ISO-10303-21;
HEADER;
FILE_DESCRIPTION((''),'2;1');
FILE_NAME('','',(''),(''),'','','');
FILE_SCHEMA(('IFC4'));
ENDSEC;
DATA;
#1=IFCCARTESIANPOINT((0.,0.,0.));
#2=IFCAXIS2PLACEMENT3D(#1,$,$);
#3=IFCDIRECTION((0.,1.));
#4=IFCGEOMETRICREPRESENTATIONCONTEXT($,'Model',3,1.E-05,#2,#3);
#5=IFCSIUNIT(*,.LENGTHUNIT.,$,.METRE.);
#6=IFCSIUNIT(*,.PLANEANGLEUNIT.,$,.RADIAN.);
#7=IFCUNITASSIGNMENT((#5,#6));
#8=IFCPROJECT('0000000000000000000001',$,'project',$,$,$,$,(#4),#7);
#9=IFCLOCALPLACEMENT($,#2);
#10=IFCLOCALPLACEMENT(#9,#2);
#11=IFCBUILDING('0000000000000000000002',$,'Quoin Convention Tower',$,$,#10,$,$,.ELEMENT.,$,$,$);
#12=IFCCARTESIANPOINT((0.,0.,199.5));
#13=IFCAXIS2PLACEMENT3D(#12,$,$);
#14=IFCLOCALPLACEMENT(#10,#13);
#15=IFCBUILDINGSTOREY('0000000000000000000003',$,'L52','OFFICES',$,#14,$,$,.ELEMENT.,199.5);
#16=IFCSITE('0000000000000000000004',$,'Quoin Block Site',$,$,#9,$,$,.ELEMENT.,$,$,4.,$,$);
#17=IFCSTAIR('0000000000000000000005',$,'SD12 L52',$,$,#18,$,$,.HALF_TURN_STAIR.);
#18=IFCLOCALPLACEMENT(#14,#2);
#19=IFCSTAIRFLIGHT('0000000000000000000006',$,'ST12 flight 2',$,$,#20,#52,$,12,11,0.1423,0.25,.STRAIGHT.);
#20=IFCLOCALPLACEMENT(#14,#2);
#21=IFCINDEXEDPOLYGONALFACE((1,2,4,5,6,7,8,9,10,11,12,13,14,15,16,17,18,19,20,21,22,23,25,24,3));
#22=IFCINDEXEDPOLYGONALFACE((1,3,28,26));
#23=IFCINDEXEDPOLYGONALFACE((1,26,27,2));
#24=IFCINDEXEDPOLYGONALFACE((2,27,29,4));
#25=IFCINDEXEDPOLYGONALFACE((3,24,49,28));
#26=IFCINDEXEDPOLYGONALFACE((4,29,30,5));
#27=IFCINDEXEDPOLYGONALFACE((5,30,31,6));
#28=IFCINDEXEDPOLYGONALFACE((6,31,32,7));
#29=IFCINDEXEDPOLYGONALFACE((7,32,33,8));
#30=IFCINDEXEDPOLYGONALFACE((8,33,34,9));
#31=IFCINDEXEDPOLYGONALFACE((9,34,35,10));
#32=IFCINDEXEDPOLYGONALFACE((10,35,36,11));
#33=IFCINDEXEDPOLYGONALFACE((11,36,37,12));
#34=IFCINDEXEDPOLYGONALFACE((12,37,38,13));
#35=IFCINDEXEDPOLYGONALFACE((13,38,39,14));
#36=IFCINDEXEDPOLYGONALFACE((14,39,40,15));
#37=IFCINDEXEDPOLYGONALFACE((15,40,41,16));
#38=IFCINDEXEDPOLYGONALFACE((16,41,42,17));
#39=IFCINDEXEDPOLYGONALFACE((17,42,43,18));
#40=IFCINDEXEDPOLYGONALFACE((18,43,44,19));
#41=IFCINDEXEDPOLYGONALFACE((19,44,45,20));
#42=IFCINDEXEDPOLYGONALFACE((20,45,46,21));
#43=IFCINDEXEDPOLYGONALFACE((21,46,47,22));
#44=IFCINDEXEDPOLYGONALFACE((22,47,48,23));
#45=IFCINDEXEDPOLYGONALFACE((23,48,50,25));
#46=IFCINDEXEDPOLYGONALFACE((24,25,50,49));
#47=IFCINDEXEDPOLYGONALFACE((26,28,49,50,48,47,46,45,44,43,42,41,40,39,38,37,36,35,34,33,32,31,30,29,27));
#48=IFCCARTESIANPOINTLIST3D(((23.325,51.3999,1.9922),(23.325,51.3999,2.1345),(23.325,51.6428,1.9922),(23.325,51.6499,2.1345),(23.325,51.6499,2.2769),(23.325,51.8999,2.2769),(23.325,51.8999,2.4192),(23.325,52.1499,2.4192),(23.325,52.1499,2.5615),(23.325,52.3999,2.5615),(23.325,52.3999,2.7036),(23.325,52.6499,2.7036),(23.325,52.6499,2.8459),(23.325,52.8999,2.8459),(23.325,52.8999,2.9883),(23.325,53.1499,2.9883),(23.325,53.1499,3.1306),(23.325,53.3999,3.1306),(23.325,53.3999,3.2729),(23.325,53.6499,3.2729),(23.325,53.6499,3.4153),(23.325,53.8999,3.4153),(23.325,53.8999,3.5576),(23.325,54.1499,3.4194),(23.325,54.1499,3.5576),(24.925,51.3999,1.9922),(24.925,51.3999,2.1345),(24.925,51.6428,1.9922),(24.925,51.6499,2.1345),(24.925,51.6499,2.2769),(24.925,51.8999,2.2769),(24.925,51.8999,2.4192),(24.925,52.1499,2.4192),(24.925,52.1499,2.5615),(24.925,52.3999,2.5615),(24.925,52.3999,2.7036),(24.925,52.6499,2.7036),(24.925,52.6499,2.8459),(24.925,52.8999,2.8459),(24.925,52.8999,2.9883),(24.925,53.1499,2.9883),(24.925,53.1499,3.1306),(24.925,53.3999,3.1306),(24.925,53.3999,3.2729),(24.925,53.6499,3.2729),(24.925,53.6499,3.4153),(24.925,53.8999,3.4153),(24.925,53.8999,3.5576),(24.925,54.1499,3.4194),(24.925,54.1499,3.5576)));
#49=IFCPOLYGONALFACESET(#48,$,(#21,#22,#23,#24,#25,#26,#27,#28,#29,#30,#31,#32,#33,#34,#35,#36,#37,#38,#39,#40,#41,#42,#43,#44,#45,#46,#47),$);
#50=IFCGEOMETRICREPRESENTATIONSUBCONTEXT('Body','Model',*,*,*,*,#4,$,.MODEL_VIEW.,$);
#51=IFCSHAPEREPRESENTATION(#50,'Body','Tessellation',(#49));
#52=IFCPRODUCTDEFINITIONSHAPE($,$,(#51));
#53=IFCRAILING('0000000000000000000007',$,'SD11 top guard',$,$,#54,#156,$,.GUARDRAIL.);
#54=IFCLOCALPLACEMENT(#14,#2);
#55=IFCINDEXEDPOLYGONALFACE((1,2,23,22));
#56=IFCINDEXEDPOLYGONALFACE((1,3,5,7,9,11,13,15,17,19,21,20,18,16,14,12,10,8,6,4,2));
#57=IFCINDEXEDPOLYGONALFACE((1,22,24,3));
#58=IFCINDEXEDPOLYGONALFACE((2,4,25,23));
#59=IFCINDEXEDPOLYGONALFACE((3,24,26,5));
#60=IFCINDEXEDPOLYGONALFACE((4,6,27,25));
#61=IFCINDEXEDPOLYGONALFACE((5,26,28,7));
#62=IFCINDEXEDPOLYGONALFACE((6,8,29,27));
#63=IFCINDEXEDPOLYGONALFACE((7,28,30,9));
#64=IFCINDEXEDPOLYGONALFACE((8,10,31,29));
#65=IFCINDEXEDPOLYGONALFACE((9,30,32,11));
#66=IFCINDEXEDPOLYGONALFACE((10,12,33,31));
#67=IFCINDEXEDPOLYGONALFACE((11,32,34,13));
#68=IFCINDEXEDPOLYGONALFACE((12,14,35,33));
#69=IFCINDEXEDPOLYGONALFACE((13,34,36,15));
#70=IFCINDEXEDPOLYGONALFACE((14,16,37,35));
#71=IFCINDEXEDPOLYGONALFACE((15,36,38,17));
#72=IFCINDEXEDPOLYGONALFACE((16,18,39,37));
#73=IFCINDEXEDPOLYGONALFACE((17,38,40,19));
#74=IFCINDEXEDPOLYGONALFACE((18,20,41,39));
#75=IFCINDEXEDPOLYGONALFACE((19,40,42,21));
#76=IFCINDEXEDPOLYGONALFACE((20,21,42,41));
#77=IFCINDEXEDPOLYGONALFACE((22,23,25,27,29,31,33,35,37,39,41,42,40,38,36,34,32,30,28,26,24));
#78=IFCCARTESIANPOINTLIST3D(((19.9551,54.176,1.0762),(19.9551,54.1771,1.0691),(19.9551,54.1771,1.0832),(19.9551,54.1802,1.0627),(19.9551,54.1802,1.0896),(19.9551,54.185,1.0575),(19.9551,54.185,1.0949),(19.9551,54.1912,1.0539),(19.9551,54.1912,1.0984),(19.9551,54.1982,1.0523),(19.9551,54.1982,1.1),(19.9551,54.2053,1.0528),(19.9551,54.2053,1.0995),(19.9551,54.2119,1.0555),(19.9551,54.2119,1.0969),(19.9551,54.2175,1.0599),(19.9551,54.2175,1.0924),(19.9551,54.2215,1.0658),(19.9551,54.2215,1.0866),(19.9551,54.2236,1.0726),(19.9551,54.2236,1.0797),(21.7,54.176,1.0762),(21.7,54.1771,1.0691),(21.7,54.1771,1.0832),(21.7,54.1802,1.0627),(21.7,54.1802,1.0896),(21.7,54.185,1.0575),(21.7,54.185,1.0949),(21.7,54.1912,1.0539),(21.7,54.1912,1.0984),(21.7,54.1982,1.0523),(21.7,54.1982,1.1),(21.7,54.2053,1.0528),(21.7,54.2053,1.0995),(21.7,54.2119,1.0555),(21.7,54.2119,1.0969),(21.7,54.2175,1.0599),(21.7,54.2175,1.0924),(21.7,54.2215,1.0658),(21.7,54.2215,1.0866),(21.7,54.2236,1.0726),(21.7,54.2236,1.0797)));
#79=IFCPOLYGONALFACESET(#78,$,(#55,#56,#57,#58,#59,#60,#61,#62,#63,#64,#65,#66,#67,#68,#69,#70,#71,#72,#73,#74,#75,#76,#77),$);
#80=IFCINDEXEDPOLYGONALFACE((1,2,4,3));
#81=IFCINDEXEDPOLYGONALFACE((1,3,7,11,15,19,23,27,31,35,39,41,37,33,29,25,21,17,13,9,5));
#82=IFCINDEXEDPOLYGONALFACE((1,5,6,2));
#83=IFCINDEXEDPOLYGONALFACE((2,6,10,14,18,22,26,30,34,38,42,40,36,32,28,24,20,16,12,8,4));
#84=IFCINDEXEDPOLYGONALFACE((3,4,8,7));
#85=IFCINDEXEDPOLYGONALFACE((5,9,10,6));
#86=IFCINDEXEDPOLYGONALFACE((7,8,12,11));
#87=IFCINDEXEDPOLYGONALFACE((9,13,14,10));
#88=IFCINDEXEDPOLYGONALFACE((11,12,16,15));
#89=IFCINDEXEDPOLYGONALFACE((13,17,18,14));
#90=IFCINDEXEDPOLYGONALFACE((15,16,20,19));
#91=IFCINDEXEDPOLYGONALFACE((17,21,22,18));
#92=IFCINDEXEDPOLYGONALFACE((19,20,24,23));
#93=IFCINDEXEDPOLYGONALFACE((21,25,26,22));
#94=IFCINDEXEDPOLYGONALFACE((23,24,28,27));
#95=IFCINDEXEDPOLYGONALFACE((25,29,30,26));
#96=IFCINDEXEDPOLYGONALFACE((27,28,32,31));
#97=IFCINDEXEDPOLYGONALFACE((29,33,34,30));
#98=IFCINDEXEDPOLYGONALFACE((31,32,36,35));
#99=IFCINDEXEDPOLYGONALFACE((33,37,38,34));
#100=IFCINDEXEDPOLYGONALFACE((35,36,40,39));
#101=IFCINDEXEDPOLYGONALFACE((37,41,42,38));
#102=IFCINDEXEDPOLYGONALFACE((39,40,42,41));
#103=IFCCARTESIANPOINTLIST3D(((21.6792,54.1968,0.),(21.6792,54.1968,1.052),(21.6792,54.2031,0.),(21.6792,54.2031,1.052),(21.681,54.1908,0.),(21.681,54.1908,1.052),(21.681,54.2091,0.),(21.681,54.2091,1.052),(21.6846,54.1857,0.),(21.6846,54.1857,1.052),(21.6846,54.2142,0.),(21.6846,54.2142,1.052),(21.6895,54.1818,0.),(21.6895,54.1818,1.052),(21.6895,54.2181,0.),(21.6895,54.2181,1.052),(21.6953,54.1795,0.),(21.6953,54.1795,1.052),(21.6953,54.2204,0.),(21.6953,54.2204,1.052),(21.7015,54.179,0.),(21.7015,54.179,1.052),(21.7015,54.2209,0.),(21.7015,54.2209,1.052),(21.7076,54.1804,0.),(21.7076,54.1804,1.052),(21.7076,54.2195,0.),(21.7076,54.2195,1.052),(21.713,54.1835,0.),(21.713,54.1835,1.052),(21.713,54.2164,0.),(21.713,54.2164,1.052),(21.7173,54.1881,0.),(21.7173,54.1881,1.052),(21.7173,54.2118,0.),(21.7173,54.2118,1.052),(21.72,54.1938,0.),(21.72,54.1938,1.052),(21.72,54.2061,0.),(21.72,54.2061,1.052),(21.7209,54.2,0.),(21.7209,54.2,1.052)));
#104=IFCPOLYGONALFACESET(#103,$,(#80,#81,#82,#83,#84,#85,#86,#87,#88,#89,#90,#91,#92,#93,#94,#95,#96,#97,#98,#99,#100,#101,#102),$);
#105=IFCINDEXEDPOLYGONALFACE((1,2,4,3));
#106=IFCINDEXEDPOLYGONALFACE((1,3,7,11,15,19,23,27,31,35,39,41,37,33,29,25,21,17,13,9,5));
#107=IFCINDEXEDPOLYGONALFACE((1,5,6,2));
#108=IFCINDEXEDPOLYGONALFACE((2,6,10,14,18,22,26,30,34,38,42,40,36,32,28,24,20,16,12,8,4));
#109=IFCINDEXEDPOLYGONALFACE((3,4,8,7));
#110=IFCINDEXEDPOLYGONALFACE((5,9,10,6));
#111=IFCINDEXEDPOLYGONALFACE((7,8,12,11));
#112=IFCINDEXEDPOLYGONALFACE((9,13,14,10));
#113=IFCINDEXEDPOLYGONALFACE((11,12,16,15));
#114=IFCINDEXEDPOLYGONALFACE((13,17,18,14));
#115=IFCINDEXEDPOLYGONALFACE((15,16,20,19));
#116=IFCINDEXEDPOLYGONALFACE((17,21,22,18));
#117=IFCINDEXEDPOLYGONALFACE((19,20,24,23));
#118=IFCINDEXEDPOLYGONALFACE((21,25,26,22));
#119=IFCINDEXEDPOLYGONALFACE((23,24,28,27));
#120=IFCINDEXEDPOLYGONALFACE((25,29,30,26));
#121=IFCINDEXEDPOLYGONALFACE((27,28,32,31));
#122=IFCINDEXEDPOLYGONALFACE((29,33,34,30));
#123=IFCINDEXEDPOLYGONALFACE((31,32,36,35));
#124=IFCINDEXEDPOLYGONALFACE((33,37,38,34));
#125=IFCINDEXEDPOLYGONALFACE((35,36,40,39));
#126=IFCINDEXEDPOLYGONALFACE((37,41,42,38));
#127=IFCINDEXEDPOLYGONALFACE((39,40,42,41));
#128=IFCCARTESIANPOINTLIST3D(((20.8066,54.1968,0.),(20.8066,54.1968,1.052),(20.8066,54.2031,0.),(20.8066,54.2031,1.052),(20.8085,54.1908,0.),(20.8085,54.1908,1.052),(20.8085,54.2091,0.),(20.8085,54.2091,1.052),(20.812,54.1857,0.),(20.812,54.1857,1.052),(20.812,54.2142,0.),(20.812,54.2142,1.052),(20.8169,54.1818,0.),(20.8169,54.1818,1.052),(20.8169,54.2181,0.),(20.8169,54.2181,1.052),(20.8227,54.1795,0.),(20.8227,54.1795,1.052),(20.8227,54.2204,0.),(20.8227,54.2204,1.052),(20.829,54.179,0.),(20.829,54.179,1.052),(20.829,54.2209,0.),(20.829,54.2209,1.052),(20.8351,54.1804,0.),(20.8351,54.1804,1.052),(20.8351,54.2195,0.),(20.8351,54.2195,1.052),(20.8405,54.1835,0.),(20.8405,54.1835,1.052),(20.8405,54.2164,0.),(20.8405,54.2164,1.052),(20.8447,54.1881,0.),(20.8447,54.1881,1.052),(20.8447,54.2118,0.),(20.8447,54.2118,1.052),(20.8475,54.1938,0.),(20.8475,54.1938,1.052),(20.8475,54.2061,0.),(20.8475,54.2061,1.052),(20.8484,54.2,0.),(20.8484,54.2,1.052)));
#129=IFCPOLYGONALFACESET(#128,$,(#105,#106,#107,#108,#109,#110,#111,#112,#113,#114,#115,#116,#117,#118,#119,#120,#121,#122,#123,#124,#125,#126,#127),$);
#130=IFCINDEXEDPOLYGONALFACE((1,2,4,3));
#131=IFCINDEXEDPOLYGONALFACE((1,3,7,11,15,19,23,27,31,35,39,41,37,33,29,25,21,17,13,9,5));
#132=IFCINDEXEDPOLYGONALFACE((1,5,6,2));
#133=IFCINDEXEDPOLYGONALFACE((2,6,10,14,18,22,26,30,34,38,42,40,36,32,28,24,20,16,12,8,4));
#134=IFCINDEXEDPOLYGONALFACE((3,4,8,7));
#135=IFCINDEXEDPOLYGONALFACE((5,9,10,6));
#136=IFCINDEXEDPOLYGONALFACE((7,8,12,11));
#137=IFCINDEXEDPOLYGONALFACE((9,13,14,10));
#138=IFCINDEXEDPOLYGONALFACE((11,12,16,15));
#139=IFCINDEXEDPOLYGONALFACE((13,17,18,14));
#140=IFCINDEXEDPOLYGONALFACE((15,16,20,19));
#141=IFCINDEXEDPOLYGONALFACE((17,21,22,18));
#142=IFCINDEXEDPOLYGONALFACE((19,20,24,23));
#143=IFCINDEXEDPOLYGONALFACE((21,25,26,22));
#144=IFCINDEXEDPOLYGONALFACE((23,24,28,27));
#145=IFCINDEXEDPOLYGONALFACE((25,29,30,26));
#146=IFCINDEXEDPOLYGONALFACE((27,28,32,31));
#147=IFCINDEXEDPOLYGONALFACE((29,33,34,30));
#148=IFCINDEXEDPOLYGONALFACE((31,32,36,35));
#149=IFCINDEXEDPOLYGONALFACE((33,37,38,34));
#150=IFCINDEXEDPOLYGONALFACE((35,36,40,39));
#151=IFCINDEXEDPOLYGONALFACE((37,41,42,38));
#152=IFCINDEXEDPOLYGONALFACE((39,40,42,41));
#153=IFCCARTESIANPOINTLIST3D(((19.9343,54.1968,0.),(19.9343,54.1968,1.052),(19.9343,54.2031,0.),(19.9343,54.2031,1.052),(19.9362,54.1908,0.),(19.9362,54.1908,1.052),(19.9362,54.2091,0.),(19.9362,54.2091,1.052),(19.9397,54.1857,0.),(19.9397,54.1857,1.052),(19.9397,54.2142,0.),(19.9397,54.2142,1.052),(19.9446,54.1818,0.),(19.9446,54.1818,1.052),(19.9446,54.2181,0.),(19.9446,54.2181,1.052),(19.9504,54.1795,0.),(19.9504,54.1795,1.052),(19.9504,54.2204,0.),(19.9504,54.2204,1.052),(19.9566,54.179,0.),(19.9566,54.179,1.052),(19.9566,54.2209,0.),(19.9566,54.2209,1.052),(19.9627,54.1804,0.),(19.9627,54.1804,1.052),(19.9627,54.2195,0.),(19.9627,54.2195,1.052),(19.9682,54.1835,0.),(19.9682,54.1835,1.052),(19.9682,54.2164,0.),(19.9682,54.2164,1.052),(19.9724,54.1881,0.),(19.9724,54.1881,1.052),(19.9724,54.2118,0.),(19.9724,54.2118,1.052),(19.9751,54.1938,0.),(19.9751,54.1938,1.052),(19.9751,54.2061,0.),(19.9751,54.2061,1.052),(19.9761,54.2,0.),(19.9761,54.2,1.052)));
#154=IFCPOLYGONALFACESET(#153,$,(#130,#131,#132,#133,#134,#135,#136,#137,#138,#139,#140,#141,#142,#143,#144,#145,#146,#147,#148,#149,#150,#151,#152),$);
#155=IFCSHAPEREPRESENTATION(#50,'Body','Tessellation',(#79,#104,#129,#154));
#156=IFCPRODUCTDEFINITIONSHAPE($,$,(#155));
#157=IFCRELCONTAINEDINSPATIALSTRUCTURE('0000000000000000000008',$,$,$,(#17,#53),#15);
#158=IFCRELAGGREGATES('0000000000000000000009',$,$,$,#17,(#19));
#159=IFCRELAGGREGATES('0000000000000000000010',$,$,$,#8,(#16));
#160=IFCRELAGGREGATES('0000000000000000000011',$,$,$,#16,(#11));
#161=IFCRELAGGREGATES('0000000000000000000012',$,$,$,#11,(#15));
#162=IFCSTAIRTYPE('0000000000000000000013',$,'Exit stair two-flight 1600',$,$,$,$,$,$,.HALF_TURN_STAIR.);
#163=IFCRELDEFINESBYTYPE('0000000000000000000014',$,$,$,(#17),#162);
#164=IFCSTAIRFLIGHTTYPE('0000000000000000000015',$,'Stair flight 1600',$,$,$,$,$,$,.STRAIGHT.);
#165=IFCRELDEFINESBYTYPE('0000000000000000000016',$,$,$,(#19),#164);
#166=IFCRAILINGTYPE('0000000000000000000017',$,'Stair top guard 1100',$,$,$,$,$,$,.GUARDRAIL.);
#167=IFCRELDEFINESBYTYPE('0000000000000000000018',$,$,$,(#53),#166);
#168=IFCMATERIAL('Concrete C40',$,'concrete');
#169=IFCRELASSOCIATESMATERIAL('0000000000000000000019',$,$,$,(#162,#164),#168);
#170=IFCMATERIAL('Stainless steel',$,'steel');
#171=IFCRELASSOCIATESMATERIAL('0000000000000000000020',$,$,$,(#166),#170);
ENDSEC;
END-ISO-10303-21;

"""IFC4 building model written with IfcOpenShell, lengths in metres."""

from ifc_helpers import new_model, si_unit, direction, frame, origin, origin_2d, place, context, subcontext, project, spatial, polyline, circle, outline, extrude, material, type_object, element, aggregate, save


model = new_model("IFC4")

# Units and contexts
model_context = context("Model", 3, precision=1e-05, world=origin(), true_north=direction((0.0, 1.0)))
body_context = subcontext(model_context, "Body", "Model", "MODEL_VIEW")
ifc_project = project(units=[si_unit("LENGTHUNIT", "METRE"), si_unit("PLANEANGLEUNIT", "RADIAN")], contexts=[model_context])

# Site, building, storey
site_placement = place(None, origin())
site = spatial("IfcSite", under=ifc_project, at=site_placement, Name="Quoin Block Site", CompositionType="ELEMENT", RefElevation=4.0)
building_placement = place(site_placement, origin())
building = spatial("IfcBuilding", under=site, at=building_placement, Name="Quoin Convention Tower", CompositionType="ELEMENT")
storey_placement = place(building_placement, frame((0.0, 0.0, 199.5)))
storey = spatial("IfcBuildingStorey", under=building, at=storey_placement, Name="L52", Description="OFFICES", CompositionType="ELEMENT", Elevation=199.5)

# Shared definitions
ifc_material_1 = material(Name="Concrete C40", Category="concrete")
stair_type = type_object("IfcStairType", Name="Exit stair two-flight 1600", PredefinedType="HALF_TURN_STAIR", material=ifc_material_1)
stair_flight_type = type_object("IfcStairFlightType", Name="Stair flight 1600", PredefinedType="STRAIGHT", material=ifc_material_1)

# Stair, stair flight
stair_1_placement = place(storey_placement, origin())
stair_1 = element("IfcStair", 1, at=stair_1_placement, inside=storey, type_object=stair_type, Name="SD12 L52", PredefinedType="HALF_TURN_STAIR")
stair_flight_1_placement = place(storey_placement, frame((24.125, 51.3999, 1.9922), z_axis=(0.0, 0.0, 1.0), x_axis=(0.0, 1.0, 0.0)))
stair_flight_1 = element("IfcStairFlight", 2, at=stair_flight_1_placement, type_object=stair_flight_type, Name="ST12 flight 2", NumberOfRisers=12, NumberOfTreads=11, PredefinedType="STRAIGHT", RiserHeight=0.1423, TreadLength=0.25, context=body_context, shape_type="SweptSolid", body=[
    extrude(outline(polyline([(0.0, 0.0), (0.0, 0.1423), (0.25, 0.1423), (0.25, 0.2847), (0.5, 0.2847), (0.5, 0.427), (0.75, 0.427), (0.75, 0.5693), (1.0, 0.5693), (1.0, 0.7114), (1.25, 0.7114), (1.25, 0.8538), (1.5, 0.8538), (1.5, 0.9961), (1.75, 0.9961), (1.75, 1.1384), (2.0, 1.1384), (2.0, 1.2808), (2.25, 1.2808), (2.25, 1.4231), (2.5, 1.4231), (2.5, 1.5654), (2.75, 1.5654), (2.75, 1.7078), (2.75, 1.4272), (0.2429, 0.0), (0.0, 0.0)])), frame((0.0, 0.8, 0.0), z_axis=(0.0, -1.0, 0.0), x_axis=(1.0, 0.0, 0.0)), (0.0, 0.0, 1.0), 1.6001),
])
aggregate(stair_1, [stair_flight_1])

# Railing
ifc_material_2 = material(Name="Stainless steel", Category="steel")
railing_type_1 = type_object("IfcRailingType", Name="Stair top guard 1100", PredefinedType="GUARDRAIL", material=ifc_material_2)
railing_1_placement = place(storey_placement, frame((21.7, 54.2, 0.0)))
element("IfcRailing", 3, at=railing_1_placement, inside=storey, type_object=railing_type_1, Name="SD11 top guard", PredefinedType="GUARDRAIL", context=body_context, shape_type="SweptSolid", body=[
    extrude(circle(Radius=0.0239, at=origin_2d()), frame((0.0, 0.0, 1.0762), z_axis=(-1.0, 0.0, 0.0), x_axis=(0.0, -1.0, 0.0)), (0.0, 0.0, 1.0), 1.7449),
    extrude(circle(Radius=0.021, at=origin_2d()), origin(), (0.0, 0.0, 1.0), 1.052),
    extrude(circle(Radius=0.021, at=origin_2d()), frame((-0.8726, 0.0, 0.0)), (0.0, 0.0, 1.0), 1.052),
    extrude(circle(Radius=0.021, at=origin_2d()), frame((-1.7449, 0.0, 0.0)), (0.0, 0.0, 1.0), 1.052),
])

save(model, "model.ifc")
